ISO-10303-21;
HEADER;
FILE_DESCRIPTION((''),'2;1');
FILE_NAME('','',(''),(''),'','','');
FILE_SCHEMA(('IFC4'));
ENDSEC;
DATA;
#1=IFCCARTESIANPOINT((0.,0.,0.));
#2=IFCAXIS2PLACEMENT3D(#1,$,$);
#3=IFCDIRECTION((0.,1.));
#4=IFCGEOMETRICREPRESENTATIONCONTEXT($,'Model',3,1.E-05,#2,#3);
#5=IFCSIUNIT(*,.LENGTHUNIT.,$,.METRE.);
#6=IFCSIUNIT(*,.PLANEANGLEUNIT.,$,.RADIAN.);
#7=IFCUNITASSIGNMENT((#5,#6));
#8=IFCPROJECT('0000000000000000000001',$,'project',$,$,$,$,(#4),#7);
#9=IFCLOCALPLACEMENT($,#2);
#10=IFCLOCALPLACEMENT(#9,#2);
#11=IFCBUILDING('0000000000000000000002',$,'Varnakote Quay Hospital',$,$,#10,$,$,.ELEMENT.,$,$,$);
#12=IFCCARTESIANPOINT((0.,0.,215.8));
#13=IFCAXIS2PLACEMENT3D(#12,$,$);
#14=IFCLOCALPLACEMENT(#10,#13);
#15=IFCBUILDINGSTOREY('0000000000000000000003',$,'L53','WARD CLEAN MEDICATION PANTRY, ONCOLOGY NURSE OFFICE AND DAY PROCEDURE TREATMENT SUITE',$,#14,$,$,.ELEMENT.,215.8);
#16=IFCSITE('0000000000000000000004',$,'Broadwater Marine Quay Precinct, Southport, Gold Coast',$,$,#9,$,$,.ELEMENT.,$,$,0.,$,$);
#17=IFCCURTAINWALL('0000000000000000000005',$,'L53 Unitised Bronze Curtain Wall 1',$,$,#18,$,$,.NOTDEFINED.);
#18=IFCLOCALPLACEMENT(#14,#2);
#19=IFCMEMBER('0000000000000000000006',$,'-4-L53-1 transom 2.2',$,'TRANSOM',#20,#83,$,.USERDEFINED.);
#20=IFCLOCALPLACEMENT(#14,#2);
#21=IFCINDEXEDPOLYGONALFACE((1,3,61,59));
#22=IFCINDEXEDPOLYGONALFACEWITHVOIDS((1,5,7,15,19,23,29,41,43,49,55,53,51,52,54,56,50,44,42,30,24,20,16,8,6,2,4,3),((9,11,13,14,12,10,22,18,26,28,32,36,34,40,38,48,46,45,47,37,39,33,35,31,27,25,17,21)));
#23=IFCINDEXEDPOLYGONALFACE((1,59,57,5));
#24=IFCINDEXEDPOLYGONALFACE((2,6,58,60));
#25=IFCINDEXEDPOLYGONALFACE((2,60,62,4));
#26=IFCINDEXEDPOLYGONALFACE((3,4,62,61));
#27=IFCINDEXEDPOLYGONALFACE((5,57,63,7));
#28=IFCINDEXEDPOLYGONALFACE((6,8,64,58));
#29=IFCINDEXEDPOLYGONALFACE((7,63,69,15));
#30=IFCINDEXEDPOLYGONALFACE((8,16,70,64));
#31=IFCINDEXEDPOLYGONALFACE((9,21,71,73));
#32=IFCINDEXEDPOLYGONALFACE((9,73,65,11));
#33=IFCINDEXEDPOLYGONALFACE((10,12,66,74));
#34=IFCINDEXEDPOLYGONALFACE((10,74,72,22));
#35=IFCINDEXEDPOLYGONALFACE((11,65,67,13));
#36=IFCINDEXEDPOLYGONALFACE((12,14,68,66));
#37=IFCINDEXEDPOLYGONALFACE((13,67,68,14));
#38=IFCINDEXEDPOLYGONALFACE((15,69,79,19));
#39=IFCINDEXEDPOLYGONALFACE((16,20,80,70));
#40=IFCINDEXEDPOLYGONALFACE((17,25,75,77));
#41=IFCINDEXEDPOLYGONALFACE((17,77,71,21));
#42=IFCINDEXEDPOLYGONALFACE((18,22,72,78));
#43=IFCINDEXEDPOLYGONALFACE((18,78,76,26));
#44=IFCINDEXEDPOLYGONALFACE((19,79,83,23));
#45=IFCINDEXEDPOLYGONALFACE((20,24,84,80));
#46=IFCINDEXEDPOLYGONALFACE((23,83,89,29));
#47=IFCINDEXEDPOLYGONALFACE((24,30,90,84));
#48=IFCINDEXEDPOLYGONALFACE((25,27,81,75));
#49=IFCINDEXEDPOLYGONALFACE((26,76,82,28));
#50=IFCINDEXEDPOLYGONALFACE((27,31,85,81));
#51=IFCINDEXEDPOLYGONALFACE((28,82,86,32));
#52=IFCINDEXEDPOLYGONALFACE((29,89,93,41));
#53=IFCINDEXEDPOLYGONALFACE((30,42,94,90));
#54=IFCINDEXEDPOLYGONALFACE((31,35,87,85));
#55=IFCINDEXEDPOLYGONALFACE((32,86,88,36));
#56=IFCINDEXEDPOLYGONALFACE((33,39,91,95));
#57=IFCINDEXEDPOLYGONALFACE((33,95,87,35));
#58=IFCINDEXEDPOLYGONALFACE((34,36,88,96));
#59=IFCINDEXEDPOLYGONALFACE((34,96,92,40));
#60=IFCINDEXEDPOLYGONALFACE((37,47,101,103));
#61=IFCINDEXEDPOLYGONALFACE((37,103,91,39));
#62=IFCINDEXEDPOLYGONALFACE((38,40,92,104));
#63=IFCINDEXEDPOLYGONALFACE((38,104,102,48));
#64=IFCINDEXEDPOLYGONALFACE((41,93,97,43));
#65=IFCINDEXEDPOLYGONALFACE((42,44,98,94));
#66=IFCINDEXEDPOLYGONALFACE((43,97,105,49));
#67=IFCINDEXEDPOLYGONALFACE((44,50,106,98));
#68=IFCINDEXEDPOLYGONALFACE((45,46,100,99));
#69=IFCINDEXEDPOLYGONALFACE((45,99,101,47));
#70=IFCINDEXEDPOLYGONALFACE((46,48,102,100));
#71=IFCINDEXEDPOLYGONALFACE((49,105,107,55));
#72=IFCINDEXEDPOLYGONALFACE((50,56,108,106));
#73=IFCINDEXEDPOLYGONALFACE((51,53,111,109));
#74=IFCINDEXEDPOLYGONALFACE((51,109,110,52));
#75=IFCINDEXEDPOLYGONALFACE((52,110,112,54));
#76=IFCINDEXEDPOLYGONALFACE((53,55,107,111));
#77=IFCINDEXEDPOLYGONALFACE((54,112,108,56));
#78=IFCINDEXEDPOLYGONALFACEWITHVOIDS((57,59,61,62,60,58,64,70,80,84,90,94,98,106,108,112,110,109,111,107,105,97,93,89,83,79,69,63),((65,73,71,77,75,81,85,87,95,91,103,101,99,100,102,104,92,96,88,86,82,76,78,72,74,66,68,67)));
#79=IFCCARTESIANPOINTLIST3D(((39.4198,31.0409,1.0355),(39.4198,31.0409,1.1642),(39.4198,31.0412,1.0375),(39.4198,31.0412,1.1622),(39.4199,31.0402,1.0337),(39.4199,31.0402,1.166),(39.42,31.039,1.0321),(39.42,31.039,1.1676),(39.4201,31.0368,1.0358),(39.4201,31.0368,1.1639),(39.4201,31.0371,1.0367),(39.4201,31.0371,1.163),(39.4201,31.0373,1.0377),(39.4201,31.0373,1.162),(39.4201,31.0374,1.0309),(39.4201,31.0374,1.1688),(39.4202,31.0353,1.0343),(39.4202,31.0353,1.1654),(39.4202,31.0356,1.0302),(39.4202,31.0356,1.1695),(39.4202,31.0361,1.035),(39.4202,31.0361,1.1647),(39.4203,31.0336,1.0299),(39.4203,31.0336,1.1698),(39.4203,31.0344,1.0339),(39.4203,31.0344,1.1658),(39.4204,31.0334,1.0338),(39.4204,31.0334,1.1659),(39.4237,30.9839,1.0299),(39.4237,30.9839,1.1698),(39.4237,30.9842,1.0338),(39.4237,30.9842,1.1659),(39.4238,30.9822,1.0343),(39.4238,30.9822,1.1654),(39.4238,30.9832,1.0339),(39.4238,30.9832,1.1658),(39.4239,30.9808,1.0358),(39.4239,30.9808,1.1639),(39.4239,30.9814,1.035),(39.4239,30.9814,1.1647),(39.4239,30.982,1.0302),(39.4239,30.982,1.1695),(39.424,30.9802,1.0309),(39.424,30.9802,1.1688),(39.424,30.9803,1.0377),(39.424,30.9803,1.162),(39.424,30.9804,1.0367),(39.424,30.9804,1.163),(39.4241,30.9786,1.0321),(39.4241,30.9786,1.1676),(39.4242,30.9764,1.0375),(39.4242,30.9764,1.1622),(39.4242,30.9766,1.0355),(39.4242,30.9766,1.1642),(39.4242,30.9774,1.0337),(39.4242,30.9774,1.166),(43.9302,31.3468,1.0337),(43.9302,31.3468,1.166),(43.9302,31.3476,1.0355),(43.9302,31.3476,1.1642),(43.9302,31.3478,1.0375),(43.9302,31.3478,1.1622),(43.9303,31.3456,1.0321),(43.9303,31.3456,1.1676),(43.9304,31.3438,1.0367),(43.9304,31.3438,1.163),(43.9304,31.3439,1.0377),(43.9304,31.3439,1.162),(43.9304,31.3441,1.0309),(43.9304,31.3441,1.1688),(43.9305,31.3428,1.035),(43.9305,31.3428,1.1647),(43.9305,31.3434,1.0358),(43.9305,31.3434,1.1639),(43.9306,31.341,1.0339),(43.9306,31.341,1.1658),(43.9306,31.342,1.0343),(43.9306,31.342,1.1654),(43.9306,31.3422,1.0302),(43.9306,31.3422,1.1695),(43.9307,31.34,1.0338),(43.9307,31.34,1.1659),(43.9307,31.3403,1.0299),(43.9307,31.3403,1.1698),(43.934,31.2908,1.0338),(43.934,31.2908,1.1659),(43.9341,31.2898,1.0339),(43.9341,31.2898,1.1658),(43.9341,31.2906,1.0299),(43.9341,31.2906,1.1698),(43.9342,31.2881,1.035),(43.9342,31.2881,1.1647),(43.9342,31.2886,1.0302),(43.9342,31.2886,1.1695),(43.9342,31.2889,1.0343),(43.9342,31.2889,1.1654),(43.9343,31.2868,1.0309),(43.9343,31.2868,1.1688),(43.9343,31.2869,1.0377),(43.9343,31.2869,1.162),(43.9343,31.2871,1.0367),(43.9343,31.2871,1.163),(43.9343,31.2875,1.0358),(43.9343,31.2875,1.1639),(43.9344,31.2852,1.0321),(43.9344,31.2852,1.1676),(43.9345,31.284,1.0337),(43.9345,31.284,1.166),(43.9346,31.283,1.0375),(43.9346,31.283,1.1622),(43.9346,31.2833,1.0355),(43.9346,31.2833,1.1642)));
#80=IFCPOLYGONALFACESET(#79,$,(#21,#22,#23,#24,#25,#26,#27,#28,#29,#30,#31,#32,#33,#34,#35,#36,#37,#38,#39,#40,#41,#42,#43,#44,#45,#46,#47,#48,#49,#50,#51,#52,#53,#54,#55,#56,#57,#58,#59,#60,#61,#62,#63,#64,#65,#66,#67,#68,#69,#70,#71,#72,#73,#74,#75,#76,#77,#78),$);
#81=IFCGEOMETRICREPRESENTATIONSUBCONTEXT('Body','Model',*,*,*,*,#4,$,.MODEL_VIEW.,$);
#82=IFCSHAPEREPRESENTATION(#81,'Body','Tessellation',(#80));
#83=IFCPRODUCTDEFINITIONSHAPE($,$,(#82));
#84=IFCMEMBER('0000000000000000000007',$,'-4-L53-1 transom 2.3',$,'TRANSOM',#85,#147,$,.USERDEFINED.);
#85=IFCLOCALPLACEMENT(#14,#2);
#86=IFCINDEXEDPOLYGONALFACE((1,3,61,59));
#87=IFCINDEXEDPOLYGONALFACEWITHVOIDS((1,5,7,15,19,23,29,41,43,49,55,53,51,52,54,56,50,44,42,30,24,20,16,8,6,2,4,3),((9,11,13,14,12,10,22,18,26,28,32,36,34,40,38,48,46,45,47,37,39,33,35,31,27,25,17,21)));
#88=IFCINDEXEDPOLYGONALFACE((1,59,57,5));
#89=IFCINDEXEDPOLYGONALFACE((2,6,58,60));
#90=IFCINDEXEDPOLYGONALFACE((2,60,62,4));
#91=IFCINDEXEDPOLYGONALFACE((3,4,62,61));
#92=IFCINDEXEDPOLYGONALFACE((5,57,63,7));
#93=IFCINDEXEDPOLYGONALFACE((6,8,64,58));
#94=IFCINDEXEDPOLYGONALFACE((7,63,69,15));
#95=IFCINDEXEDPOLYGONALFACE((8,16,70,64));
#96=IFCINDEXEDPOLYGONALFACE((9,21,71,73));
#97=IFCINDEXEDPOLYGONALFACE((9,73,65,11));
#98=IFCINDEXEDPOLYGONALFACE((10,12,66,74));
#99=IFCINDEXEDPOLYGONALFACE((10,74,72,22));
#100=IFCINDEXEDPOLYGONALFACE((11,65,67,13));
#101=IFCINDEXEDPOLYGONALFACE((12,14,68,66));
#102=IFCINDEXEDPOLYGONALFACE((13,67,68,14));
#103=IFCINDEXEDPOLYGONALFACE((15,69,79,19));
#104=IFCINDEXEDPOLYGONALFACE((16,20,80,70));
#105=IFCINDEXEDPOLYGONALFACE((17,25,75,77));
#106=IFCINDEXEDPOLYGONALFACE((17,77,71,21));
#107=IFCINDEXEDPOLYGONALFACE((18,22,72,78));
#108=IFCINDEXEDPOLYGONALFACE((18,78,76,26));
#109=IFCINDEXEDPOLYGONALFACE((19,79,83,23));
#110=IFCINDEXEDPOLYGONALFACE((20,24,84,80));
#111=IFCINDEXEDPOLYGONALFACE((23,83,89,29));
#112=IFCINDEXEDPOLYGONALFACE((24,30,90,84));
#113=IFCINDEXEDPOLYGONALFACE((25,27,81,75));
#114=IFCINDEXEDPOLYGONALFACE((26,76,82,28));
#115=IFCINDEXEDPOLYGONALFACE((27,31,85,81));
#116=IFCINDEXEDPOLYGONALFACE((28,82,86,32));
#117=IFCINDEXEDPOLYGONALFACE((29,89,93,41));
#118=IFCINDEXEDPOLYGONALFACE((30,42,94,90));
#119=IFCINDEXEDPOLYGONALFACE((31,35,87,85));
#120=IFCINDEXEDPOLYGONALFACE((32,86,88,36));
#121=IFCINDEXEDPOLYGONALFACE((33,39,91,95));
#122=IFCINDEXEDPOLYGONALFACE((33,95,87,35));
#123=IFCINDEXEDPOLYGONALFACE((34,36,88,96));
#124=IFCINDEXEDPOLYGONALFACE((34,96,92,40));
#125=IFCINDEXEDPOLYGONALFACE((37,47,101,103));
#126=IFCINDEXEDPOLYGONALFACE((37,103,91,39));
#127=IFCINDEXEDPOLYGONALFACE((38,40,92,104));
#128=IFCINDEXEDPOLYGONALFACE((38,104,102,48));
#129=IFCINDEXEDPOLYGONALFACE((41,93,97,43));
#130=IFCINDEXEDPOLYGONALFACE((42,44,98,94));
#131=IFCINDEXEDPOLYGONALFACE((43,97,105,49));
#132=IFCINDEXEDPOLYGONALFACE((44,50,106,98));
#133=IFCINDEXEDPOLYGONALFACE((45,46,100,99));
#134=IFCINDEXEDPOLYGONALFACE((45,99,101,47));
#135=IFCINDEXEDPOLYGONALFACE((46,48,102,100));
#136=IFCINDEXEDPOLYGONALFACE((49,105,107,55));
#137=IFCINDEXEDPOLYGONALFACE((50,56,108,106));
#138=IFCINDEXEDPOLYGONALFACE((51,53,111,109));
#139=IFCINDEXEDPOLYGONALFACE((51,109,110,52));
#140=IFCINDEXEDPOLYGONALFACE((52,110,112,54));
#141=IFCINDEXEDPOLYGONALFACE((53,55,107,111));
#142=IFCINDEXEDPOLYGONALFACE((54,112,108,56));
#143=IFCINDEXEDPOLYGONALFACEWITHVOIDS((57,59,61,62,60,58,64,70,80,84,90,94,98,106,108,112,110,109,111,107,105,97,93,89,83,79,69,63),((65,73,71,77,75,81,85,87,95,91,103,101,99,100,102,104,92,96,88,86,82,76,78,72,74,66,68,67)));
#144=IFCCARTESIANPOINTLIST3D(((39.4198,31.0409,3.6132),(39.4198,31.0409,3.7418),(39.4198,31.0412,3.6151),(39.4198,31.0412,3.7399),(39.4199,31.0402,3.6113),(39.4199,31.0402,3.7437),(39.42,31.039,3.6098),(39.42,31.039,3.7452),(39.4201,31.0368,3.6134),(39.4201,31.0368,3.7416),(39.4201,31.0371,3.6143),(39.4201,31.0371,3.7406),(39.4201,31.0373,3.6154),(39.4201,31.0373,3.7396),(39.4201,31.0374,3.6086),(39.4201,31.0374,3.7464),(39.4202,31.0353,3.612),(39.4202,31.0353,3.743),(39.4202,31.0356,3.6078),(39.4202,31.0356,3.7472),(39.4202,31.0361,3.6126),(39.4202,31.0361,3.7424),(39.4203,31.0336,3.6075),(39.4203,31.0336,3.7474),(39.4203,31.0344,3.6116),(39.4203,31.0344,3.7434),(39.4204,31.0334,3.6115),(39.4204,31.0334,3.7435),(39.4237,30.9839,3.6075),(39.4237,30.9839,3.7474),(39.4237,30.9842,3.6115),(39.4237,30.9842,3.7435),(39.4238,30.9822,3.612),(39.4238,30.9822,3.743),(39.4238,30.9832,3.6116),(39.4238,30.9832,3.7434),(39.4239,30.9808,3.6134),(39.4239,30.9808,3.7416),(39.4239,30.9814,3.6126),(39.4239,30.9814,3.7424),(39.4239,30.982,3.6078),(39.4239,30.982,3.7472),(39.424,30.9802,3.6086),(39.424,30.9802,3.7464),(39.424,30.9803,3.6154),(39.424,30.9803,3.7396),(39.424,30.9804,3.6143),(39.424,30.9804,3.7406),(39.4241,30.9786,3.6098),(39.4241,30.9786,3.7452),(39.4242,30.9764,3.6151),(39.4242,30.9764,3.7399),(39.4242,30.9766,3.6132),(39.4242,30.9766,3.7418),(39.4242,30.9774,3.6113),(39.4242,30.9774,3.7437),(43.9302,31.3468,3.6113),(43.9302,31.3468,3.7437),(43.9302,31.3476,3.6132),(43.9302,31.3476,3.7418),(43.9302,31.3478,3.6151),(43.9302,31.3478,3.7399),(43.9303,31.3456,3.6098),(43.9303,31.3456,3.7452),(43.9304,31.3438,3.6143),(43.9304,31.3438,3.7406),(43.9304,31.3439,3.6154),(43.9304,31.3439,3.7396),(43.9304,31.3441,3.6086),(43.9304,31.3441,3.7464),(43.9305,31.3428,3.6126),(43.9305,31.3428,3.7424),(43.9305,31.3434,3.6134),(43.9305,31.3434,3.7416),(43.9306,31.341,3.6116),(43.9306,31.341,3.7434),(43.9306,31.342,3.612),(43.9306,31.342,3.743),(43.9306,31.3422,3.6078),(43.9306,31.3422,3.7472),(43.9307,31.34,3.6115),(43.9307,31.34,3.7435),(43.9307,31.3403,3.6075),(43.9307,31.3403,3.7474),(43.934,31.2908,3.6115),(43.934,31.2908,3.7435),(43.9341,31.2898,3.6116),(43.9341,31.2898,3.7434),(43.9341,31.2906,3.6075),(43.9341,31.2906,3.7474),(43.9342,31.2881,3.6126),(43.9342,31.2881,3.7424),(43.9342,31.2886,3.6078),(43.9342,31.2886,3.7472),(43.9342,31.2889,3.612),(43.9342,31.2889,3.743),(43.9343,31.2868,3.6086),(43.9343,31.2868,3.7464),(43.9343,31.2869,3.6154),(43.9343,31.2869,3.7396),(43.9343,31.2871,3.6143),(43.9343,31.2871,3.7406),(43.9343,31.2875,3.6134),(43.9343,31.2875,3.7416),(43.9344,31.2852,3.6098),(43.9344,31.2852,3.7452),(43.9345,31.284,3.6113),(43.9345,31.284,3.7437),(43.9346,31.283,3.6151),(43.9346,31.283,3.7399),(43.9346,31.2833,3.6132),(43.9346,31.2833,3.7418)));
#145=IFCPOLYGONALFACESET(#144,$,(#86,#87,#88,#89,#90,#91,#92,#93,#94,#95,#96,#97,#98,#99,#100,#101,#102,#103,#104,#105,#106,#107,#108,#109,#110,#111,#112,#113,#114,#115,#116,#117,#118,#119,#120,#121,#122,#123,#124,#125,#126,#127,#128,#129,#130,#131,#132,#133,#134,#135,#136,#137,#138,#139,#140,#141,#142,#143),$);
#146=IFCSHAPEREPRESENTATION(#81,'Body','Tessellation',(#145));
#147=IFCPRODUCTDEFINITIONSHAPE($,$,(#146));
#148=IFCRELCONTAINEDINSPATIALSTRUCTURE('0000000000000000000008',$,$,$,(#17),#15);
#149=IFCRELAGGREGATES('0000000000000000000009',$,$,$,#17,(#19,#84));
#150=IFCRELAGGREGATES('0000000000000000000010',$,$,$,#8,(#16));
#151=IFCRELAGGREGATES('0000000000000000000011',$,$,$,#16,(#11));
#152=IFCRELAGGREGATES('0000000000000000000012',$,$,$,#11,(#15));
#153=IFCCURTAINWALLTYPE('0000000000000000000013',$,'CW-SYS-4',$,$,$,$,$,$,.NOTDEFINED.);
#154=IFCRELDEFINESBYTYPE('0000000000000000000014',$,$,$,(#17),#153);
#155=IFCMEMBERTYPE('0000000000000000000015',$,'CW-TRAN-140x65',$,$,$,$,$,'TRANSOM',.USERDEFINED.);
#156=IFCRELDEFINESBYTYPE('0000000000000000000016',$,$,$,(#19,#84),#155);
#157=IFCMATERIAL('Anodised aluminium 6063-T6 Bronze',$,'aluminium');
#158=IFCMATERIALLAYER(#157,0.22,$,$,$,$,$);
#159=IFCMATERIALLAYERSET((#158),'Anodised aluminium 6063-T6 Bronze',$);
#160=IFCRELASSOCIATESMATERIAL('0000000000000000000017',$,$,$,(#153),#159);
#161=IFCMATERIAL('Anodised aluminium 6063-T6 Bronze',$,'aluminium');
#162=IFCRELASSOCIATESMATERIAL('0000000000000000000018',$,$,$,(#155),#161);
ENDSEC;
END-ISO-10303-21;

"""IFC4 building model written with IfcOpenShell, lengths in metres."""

from ifc_helpers import new_model, si_unit, direction, frame, origin, origin_2d, place, context, subcontext, project, spatial, hollow_rectangle, extrude, material, layer, layer_set, material_profile, profile_set, type_object, element, aggregate, save


model = new_model("IFC4")

# Units and contexts
model_context = context("Model", 3, precision=1e-05, world=origin(), true_north=direction((0.0, 1.0)))
body_context = subcontext(model_context, "Body", "Model", "MODEL_VIEW")
ifc_project = project(units=[si_unit("LENGTHUNIT", "METRE"), si_unit("PLANEANGLEUNIT", "RADIAN")], contexts=[model_context])

# Site, building, storey
site_placement = place(None, origin())
site = spatial("IfcSite", under=ifc_project, at=site_placement, Name="Broadwater Marine Quay Precinct, Southport, Gold Coast", CompositionType="ELEMENT", RefElevation=0.0)
building_placement = place(site_placement, origin())
building = spatial("IfcBuilding", under=site, at=building_placement, Name="Varnakote Quay Hospital", CompositionType="ELEMENT")
storey_placement = place(building_placement, frame((0.0, 0.0, 215.8)))
storey = spatial("IfcBuildingStorey", under=building, at=storey_placement, Name="L53", Description="WARD CLEAN MEDICATION PANTRY, ONCOLOGY NURSE OFFICE AND DAY PROCEDURE TREATMENT SUITE", CompositionType="ELEMENT", Elevation=215.8)

# Curtain wall, members
ifc_material_1 = material(Name="Anodised aluminium 6063-T6 Bronze", Category="aluminium")
ifc_layer_1 = layer(ifc_material_1, 0.22)
ifc_layer_set_1 = layer_set([ifc_layer_1], Name="Anodised aluminium 6063-T6 Bronze")
curtain_wall_type = type_object("IfcCurtainWallType", Name="CW-SYS-4", PredefinedType="NOTDEFINED", material=ifc_layer_set_1)
curtain_wall_placement = place(storey_placement, origin())
curtain_wall = element("IfcCurtainWall", 1, at=curtain_wall_placement, inside=storey, type_object=curtain_wall_type, Name="L53 Unitised Bronze Curtain Wall 1", PredefinedType="NOTDEFINED")
ifc_material_2 = material(Name="Anodised aluminium 6063-T6 Bronze", Category="aluminium")
ifc_material_profile_1 = material_profile(ifc_material_2, hollow_rectangle(XDim=0.0649, YDim=0.1399, WallThickness=0.0039, InnerFilletRadius=0.0039, OuterFilletRadius=0.0076, at=origin_2d()), Name="CW-TRAN-140x65")
ifc_profile_set_1 = profile_set([ifc_material_profile_1], Name="Anodised aluminium 6063-T6 Bronze")
member_type_1 = type_object("IfcMemberType", Name="CW-TRAN-140x65", ElementType="TRANSOM", PredefinedType="USERDEFINED", material=ifc_profile_set_1)
member_1_placement = place(storey_placement, frame((43.9324, 31.3154, 1.0999), z_axis=(-0.997697, -0.067831, 0.0), x_axis=(0.067831, -0.997697, 0.0)))
member_1 = element("IfcMember", 2, at=member_1_placement, type_object=member_type_1, Name="-4-L53-1 transom 2.2", ObjectType="TRANSOM", PredefinedType="USERDEFINED", context=body_context, shape_type="SweptSolid", body=[
    extrude(hollow_rectangle(XDim=0.0649, YDim=0.1399, WallThickness=0.0039, InnerFilletRadius=0.0039, OuterFilletRadius=0.0076, at=origin_2d()), origin(), (0.0, 0.0, 1.0), 4.5208),
])
member_2_placement = place(storey_placement, frame((43.9324, 31.3154, 3.6775), z_axis=(-0.997697, -0.067831, 0.0), x_axis=(0.067831, -0.997697, 0.0)))
member_2 = element("IfcMember", 3, at=member_2_placement, type_object=member_type_1, Name="-4-L53-1 transom 2.3", ObjectType="TRANSOM", PredefinedType="USERDEFINED", context=body_context, shape_type="SweptSolid", body=[
    extrude(hollow_rectangle(XDim=0.0649, YDim=0.1399, WallThickness=0.0039, InnerFilletRadius=0.0039, OuterFilletRadius=0.0076, at=origin_2d()), origin(), (0.0, 0.0, 1.0), 4.5208),
])
aggregate(curtain_wall, [member_1, member_2])

save(model, "model.ifc")
